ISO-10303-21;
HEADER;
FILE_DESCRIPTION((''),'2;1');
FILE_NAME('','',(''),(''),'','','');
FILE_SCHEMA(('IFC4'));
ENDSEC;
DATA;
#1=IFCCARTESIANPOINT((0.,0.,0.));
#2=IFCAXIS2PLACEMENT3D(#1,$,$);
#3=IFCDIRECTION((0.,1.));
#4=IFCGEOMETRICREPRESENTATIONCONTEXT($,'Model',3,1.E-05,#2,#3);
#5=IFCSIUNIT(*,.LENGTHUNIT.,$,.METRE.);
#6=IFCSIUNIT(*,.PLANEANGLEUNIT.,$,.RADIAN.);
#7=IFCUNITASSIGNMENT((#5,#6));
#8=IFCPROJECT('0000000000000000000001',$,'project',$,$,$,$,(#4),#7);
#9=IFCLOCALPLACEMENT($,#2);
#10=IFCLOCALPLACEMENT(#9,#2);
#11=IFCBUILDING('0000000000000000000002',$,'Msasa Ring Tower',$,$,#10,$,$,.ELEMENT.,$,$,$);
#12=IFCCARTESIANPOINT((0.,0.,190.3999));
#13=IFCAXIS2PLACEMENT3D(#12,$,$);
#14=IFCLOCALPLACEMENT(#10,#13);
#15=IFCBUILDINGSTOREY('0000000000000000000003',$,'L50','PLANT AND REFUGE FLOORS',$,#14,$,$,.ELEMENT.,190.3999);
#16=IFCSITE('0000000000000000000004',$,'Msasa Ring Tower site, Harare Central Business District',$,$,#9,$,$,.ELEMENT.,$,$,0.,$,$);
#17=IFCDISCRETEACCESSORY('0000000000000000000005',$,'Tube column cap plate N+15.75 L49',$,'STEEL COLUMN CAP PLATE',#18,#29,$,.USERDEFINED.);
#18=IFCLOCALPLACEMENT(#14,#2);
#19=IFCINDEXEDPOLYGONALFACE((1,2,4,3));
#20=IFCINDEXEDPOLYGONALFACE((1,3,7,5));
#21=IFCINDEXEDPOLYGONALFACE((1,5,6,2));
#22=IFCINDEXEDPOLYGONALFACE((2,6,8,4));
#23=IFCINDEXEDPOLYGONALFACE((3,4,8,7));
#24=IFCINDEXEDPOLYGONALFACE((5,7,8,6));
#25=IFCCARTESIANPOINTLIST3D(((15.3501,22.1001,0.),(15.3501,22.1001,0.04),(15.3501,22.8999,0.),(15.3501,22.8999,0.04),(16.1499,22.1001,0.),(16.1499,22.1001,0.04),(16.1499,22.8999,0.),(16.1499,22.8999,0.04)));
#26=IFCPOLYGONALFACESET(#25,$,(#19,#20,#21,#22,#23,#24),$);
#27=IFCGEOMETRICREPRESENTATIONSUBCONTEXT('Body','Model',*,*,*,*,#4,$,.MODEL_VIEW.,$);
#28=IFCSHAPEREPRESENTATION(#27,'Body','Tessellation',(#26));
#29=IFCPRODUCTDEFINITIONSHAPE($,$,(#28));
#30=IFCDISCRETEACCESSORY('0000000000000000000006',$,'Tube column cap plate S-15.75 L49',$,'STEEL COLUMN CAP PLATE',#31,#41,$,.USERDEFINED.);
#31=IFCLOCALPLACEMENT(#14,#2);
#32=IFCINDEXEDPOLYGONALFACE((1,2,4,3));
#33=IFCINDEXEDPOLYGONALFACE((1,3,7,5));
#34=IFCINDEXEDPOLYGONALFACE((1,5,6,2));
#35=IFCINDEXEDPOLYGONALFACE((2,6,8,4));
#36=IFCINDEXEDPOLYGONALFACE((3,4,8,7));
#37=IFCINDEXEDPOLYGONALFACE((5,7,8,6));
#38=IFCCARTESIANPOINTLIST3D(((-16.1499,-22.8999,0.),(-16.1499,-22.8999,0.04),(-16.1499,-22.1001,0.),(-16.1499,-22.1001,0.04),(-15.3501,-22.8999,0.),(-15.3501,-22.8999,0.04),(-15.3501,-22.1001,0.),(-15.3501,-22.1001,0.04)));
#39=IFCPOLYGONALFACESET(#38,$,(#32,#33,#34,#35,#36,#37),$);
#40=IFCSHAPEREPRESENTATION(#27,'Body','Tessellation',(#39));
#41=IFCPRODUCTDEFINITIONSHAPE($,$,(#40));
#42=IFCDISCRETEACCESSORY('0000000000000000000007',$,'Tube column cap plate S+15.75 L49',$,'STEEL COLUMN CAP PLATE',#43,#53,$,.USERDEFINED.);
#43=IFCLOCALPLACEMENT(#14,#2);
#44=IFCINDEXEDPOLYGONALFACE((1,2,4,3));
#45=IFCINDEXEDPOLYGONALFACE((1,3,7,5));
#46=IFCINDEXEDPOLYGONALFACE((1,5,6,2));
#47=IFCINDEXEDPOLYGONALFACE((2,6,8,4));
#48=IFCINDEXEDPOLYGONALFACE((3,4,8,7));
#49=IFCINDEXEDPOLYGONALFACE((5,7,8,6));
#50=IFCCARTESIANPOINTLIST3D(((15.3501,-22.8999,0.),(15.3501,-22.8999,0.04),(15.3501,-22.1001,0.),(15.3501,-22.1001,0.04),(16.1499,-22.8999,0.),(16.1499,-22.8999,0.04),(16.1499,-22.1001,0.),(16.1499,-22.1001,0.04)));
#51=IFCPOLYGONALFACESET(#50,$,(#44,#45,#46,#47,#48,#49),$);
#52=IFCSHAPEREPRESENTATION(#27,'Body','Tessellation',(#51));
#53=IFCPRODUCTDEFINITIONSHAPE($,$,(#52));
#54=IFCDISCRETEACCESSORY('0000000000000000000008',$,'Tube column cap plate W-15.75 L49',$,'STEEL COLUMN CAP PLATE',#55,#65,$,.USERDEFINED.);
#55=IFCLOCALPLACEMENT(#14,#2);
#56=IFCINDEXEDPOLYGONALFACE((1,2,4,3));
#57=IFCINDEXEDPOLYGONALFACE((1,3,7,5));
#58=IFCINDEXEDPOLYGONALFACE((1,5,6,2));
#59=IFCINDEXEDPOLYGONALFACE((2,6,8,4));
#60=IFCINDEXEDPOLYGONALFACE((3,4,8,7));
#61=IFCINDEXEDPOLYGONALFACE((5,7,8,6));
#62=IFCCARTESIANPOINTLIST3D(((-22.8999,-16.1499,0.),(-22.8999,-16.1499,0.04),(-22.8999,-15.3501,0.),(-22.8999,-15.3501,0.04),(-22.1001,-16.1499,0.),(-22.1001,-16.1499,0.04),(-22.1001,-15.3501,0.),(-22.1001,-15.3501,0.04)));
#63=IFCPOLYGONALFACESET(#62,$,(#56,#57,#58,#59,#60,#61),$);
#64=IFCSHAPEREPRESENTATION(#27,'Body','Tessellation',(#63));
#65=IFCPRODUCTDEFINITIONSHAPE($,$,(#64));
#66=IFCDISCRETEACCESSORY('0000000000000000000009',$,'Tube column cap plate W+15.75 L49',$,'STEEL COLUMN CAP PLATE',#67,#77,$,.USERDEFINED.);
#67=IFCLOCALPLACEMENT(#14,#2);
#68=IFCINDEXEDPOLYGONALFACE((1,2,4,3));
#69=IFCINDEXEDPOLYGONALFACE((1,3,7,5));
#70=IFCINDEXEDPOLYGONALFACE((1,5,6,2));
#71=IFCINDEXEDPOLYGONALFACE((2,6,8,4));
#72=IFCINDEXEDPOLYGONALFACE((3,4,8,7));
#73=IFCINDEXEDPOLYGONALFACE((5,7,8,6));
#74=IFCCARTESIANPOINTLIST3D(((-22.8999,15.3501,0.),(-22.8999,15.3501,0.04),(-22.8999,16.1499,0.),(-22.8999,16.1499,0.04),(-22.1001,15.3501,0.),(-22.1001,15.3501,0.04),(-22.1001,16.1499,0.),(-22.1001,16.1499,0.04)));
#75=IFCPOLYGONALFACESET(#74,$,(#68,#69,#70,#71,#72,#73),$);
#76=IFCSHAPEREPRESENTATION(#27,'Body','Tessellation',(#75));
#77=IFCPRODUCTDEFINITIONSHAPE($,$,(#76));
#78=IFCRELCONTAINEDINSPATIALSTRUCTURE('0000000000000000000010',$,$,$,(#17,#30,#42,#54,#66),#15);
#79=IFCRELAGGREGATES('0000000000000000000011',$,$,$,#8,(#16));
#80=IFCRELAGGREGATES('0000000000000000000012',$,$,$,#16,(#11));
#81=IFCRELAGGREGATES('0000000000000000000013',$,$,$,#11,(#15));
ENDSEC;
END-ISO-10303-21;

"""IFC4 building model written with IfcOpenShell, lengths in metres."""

from ifc_helpers import new_model, si_unit, direction, frame, origin, place, context, subcontext, project, spatial, polyline, outline, extrude, element, save


model = new_model("IFC4")

# Units and contexts
model_context = context("Model", 3, precision=1e-05, world=origin(), true_north=direction((0.0, 1.0)))
body_context = subcontext(model_context, "Body", "Model", "MODEL_VIEW")
ifc_project = project(units=[si_unit("LENGTHUNIT", "METRE"), si_unit("PLANEANGLEUNIT", "RADIAN")], contexts=[model_context])

# Site, building, storey
site_placement = place(None, origin())
site = spatial("IfcSite", under=ifc_project, at=site_placement, Name="Msasa Ring Tower site, Harare Central Business District", CompositionType="ELEMENT", RefElevation=0.0)
building_placement = place(site_placement, origin())
building = spatial("IfcBuilding", under=site, at=building_placement, Name="Msasa Ring Tower", CompositionType="ELEMENT")
storey_placement = place(building_placement, frame((0.0, 0.0, 190.3999)))
storey = spatial("IfcBuildingStorey", under=building, at=storey_placement, Name="L50", Description="PLANT AND REFUGE FLOORS", CompositionType="ELEMENT", Elevation=190.3999)

# Discrete accessories
discrete_accessory_1_placement = place(storey_placement, origin())
element("IfcDiscreteAccessory", 1, at=discrete_accessory_1_placement, inside=storey, Name="Tube column cap plate N+15.75 L49", ObjectType="STEEL COLUMN CAP PLATE", PredefinedType="USERDEFINED", context=body_context, shape_type="SweptSolid", body=[
    extrude(outline(polyline([(15.3501, 22.1001), (16.1499, 22.1001), (16.1499, 22.8999), (15.3501, 22.8999), (15.3501, 22.1001)])), origin(), (0.0, 0.0, 1.0), 0.04),
])
discrete_accessory_2_placement = place(storey_placement, origin())
element("IfcDiscreteAccessory", 2, at=discrete_accessory_2_placement, inside=storey, Name="Tube column cap plate S-15.75 L49", ObjectType="STEEL COLUMN CAP PLATE", PredefinedType="USERDEFINED", context=body_context, shape_type="SweptSolid", body=[
    extrude(outline(polyline([(-16.1499, -22.8999), (-15.3501, -22.8999), (-15.3501, -22.1001), (-16.1499, -22.1001), (-16.1499, -22.8999)])), origin(), (0.0, 0.0, 1.0), 0.04),
])
discrete_accessory_3_placement = place(storey_placement, origin())
element("IfcDiscreteAccessory", 3, at=discrete_accessory_3_placement, inside=storey, Name="Tube column cap plate S+15.75 L49", ObjectType="STEEL COLUMN CAP PLATE", PredefinedType="USERDEFINED", context=body_context, shape_type="SweptSolid", body=[
    extrude(outline(polyline([(15.3501, -22.8999), (16.1499, -22.8999), (16.1499, -22.1001), (15.3501, -22.1001), (15.3501, -22.8999)])), origin(), (0.0, 0.0, 1.0), 0.04),
])
discrete_accessory_4_placement = place(storey_placement, origin())
element("IfcDiscreteAccessory", 4, at=discrete_accessory_4_placement, inside=storey, Name="Tube column cap plate W-15.75 L49", ObjectType="STEEL COLUMN CAP PLATE", PredefinedType="USERDEFINED", context=body_context, shape_type="SweptSolid", body=[
    extrude(outline(polyline([(-22.8999, -16.1499), (-22.1001, -16.1499), (-22.1001, -15.3501), (-22.8999, -15.3501), (-22.8999, -16.1499)])), origin(), (0.0, 0.0, 1.0), 0.04),
])
discrete_accessory_5_placement = place(storey_placement, origin())
element("IfcDiscreteAccessory", 5, at=discrete_accessory_5_placement, inside=storey, Name="Tube column cap plate W+15.75 L49", ObjectType="STEEL COLUMN CAP PLATE", PredefinedType="USERDEFINED", context=body_context, shape_type="SweptSolid", body=[
    extrude(outline(polyline([(-22.8999, 15.3501), (-22.1001, 15.3501), (-22.1001, 16.1499), (-22.8999, 16.1499), (-22.8999, 15.3501)])), origin(), (0.0, 0.0, 1.0), 0.04),
])

save(model, "model.ifc")
